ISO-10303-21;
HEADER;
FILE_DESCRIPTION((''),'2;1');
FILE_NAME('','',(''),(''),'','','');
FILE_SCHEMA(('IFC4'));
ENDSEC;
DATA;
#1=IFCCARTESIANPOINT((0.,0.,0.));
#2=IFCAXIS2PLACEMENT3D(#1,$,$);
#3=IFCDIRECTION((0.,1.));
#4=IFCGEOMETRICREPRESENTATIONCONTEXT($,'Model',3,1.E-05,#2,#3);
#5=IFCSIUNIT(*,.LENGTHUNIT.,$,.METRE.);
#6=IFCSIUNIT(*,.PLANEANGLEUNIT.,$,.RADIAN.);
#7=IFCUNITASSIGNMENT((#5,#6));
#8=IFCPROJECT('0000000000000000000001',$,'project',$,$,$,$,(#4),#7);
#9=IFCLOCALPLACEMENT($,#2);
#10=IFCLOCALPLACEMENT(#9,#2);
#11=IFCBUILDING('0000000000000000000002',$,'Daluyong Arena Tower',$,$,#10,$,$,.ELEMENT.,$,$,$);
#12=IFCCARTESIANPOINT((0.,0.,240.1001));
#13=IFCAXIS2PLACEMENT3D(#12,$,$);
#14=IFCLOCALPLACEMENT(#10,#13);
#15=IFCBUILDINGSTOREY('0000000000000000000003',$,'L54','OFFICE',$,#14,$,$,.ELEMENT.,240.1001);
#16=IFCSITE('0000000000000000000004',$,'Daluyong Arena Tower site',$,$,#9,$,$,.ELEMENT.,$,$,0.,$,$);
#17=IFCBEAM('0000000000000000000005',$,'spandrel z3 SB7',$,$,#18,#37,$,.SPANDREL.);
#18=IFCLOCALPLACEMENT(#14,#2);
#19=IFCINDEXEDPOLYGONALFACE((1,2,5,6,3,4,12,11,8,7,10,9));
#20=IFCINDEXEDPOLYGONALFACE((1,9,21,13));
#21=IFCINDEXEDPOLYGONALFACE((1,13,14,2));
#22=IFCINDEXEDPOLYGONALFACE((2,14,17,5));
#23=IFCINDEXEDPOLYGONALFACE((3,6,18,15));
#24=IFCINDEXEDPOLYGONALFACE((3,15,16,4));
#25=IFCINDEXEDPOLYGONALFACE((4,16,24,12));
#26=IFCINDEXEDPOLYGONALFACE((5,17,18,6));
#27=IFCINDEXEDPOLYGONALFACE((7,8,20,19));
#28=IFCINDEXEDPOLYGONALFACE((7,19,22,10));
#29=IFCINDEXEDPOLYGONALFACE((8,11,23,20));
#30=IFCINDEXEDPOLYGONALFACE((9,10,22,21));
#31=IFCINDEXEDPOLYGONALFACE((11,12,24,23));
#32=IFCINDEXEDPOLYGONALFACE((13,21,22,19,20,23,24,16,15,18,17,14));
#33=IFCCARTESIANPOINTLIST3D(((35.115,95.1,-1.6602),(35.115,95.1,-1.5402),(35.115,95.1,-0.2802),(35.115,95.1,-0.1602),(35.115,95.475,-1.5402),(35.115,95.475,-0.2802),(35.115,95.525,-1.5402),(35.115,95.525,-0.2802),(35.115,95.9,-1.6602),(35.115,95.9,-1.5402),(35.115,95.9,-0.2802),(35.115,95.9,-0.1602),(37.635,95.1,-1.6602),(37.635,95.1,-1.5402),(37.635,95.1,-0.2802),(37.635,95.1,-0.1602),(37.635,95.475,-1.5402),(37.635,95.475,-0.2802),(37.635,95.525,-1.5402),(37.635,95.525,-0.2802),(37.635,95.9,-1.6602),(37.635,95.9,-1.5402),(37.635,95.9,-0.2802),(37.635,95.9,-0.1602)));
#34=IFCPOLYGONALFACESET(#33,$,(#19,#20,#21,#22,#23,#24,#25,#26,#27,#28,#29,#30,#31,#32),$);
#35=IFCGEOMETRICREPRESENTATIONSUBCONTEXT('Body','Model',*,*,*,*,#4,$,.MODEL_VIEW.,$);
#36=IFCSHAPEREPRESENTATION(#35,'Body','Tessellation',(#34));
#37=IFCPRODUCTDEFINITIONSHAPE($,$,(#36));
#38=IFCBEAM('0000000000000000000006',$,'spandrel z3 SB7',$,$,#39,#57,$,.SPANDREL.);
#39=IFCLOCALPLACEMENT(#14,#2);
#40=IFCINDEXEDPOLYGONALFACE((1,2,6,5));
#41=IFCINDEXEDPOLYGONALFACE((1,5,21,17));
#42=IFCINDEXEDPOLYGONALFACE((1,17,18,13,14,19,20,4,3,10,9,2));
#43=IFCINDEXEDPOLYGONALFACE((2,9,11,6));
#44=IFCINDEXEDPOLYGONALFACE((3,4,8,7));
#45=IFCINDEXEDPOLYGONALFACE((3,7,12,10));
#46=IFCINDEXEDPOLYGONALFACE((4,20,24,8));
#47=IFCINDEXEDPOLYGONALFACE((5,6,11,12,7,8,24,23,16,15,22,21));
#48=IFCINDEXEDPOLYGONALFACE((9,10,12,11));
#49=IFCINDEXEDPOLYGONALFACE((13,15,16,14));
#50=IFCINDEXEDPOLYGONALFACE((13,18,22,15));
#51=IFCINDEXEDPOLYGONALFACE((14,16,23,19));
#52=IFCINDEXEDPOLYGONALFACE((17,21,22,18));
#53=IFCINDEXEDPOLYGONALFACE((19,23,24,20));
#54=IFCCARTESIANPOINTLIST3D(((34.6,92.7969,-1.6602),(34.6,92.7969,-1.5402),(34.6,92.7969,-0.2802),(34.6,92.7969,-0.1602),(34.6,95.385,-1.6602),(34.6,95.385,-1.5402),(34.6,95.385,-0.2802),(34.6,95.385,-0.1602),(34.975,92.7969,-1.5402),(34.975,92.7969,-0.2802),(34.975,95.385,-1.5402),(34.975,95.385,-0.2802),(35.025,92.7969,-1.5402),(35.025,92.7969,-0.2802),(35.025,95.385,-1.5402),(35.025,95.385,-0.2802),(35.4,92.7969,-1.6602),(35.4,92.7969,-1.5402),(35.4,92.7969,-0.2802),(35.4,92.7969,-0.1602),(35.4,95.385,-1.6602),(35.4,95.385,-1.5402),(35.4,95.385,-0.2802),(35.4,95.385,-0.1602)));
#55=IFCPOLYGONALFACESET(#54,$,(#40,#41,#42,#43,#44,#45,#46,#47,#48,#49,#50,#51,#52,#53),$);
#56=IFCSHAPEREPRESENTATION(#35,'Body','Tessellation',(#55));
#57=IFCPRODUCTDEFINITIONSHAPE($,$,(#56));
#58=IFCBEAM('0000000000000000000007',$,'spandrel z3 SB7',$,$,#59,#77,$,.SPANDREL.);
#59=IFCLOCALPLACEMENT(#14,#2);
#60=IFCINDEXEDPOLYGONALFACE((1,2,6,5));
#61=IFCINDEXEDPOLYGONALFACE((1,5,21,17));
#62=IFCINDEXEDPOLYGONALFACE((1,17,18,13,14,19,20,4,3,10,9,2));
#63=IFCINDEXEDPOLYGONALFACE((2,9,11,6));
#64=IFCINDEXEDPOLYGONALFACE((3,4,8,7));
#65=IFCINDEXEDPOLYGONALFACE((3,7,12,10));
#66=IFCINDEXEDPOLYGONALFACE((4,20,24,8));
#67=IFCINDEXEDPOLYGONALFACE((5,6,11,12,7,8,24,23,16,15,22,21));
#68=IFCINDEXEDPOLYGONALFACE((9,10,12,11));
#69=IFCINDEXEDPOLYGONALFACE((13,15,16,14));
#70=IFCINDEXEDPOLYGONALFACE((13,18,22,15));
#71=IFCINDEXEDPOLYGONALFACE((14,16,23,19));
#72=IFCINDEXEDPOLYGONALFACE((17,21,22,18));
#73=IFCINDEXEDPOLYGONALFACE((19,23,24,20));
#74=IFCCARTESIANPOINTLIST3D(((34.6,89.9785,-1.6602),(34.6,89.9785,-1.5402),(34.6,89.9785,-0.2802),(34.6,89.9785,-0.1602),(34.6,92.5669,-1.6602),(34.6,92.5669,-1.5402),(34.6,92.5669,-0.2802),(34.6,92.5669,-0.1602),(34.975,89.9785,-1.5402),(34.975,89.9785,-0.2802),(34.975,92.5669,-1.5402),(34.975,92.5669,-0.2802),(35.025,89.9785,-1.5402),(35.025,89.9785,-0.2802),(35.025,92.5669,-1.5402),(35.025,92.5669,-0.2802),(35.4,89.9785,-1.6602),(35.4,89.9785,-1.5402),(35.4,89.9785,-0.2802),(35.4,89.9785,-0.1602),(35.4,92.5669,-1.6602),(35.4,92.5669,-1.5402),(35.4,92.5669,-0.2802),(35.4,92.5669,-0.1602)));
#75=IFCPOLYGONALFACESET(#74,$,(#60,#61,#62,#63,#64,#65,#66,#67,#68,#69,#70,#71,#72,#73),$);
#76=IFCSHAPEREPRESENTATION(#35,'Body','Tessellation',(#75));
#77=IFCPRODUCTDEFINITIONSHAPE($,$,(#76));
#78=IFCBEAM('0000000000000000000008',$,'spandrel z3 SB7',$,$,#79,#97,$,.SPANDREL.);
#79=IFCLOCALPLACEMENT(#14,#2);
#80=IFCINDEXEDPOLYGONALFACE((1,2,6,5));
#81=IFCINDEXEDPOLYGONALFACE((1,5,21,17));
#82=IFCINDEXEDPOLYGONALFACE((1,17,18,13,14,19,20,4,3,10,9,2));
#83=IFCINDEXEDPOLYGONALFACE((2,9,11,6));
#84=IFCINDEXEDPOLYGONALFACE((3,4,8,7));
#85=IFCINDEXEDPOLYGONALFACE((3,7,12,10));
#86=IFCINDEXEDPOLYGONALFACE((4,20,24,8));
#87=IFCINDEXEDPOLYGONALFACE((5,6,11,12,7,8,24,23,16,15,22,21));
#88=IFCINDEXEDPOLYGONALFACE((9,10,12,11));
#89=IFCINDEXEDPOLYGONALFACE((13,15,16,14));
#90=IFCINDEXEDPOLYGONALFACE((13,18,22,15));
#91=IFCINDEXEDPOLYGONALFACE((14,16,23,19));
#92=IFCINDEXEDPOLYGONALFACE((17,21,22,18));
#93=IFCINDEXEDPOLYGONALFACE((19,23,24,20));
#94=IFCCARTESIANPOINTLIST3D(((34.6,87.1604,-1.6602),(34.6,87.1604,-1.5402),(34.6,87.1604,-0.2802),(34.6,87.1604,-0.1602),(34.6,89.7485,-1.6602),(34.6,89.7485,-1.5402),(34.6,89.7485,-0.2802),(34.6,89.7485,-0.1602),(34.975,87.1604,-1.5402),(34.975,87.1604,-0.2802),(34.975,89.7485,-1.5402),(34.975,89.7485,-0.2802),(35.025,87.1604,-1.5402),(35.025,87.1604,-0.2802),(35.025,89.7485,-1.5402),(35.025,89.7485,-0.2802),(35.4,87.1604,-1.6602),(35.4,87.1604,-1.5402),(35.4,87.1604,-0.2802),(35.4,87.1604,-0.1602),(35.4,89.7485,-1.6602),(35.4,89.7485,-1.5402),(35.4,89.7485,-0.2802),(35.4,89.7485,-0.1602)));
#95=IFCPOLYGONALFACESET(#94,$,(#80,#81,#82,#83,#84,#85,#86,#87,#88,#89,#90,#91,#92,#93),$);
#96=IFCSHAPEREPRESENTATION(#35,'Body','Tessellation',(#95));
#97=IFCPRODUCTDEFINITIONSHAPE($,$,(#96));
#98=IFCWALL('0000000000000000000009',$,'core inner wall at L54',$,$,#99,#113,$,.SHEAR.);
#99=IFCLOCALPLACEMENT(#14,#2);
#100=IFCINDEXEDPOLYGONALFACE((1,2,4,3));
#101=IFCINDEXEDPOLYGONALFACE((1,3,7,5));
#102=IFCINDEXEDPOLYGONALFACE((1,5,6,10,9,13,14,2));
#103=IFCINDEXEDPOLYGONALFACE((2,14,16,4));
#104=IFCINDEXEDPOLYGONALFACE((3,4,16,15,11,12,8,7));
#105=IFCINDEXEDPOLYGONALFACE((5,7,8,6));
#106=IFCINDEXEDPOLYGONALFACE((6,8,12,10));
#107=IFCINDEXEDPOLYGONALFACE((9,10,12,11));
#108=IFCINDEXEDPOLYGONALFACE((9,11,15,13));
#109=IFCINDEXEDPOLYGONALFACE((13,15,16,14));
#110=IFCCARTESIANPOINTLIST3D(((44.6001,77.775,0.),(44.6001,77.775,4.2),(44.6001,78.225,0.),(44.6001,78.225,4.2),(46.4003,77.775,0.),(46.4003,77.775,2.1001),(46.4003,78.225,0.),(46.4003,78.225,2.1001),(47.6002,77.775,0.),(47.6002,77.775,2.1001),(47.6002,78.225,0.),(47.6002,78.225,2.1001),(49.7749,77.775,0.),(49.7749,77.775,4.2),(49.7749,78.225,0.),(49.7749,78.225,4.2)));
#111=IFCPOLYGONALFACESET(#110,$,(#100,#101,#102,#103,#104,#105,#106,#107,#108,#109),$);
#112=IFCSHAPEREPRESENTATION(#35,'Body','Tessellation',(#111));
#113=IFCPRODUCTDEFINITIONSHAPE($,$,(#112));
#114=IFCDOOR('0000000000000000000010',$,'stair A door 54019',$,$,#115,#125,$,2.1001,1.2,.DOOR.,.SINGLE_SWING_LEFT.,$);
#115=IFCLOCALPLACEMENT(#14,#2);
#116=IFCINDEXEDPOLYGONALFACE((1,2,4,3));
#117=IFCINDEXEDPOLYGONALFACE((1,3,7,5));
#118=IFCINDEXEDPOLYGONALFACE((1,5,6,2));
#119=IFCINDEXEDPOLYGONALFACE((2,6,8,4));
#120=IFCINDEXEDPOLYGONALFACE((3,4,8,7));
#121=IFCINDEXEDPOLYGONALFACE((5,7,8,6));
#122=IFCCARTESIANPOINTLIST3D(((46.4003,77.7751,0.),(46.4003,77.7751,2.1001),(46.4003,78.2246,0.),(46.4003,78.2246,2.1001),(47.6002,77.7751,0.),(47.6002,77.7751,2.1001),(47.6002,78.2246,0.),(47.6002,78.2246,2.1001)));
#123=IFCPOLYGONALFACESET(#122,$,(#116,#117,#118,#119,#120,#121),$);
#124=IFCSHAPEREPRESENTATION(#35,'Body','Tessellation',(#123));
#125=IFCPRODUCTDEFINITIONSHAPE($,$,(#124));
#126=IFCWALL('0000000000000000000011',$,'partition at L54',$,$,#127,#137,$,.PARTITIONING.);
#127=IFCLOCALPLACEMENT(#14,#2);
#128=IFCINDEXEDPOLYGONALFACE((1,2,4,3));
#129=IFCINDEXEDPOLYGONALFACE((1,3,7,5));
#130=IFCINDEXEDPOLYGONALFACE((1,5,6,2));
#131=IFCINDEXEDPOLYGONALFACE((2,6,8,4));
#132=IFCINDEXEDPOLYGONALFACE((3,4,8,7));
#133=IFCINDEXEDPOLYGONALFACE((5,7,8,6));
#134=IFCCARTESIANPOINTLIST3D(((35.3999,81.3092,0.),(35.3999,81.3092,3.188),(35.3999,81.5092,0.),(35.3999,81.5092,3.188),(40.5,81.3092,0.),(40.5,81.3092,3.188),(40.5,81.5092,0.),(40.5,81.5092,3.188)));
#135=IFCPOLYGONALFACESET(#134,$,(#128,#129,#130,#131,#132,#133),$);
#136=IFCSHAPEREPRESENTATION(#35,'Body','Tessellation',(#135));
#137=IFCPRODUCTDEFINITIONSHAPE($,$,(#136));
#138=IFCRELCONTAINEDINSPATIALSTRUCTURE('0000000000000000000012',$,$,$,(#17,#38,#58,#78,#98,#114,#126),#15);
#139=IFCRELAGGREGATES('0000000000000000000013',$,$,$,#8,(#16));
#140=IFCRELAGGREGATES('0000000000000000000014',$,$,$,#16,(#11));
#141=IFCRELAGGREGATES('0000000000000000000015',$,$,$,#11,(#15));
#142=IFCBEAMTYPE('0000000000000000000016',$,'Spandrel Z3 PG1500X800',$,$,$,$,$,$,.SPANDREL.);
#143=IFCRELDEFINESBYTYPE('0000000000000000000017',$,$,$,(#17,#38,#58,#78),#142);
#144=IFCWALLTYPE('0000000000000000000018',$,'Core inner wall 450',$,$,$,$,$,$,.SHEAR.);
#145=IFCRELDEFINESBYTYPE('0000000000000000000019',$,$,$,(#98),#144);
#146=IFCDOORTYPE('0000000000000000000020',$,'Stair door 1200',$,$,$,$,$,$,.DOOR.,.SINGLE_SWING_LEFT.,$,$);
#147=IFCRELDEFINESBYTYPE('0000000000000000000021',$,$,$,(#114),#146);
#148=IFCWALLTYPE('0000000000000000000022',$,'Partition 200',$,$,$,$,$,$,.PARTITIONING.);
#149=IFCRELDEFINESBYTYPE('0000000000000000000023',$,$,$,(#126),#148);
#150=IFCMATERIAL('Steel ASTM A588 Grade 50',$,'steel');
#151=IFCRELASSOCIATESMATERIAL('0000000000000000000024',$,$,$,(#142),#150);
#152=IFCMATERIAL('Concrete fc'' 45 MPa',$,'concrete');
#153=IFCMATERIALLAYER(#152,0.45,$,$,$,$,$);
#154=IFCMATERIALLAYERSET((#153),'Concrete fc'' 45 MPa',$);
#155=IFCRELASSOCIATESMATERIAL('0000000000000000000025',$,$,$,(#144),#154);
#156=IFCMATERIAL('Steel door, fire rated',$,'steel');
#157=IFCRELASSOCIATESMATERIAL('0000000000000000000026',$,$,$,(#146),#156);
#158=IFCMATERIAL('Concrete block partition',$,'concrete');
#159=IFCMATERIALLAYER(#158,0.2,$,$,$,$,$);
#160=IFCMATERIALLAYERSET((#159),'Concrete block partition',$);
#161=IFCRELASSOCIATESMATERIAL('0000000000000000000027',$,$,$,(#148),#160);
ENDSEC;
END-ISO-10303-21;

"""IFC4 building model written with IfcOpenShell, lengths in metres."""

from ifc_helpers import new_model, si_unit, direction, frame, frame_2d, origin, origin_2d, place, context, subcontext, project, spatial, rectangle, i_section, extrude, material, layer, layer_set, material_profile, profile_set, type_object, element, fill, save


model = new_model("IFC4")

# Units and contexts
model_context = context("Model", 3, precision=1e-05, world=origin(), true_north=direction((0.0, 1.0)))
body_context = subcontext(model_context, "Body", "Model", "MODEL_VIEW")
ifc_project = project(units=[si_unit("LENGTHUNIT", "METRE"), si_unit("PLANEANGLEUNIT", "RADIAN")], contexts=[model_context])

# Site, building, storey
site_placement = place(None, origin())
site = spatial("IfcSite", under=ifc_project, at=site_placement, Name="Daluyong Arena Tower site", CompositionType="ELEMENT", RefElevation=0.0)
building_placement = place(site_placement, origin())
building = spatial("IfcBuilding", under=site, at=building_placement, Name="Daluyong Arena Tower", CompositionType="ELEMENT")
storey_placement = place(building_placement, frame((0.0, 0.0, 240.1001)))
storey = spatial("IfcBuildingStorey", under=building, at=storey_placement, Name="L54", Description="OFFICE", CompositionType="ELEMENT", Elevation=240.1001)

# Beams
ifc_material_1 = material(Name="Steel ASTM A588 Grade 50", Category="steel")
ifc_material_profile_1 = material_profile(ifc_material_1, i_section(OverallWidth=0.8, OverallDepth=1.5, WebThickness=0.05, FlangeThickness=0.12, at=origin_2d()))
ifc_profile_set_1 = profile_set([ifc_material_profile_1], Name="Steel ASTM A588 Grade 50")
beam_type_1 = type_object("IfcBeamType", Name="Spandrel Z3 PG1500X800", PredefinedType="SPANDREL", material=ifc_profile_set_1)
beam_1_placement = place(storey_placement, frame((37.635, 95.5, -0.9102), z_axis=(-1.0, 0.0, 0.0), x_axis=(0.0, -1.0, 0.0)))
element("IfcBeam", 1, at=beam_1_placement, inside=storey, type_object=beam_type_1, Name="spandrel z3 SB7", PredefinedType="SPANDREL", context=body_context, shape_type="SweptSolid", body=[
    extrude(i_section(OverallWidth=0.8, OverallDepth=1.5, WebThickness=0.05, FlangeThickness=0.12, at=origin_2d()), origin(), (0.0, 0.0, 1.0), 2.52),
])
beam_2_placement = place(storey_placement, frame((35.0, 95.385, -0.9102), z_axis=(0.0, -1.0, 0.0), x_axis=(1.0, 0.0, 0.0)))
element("IfcBeam", 2, at=beam_2_placement, inside=storey, type_object=beam_type_1, Name="spandrel z3 SB7", PredefinedType="SPANDREL", context=body_context, shape_type="SweptSolid", body=[
    extrude(i_section(OverallWidth=0.8, OverallDepth=1.5, WebThickness=0.05, FlangeThickness=0.12, at=origin_2d()), origin(), (0.0, 0.0, 1.0), 2.5881),
])
beam_3_placement = place(storey_placement, frame((35.0, 92.5669, -0.9102), z_axis=(0.0, -1.0, 0.0), x_axis=(1.0, 0.0, 0.0)))
element("IfcBeam", 3, at=beam_3_placement, inside=storey, type_object=beam_type_1, Name="spandrel z3 SB7", PredefinedType="SPANDREL", context=body_context, shape_type="SweptSolid", body=[
    extrude(i_section(OverallWidth=0.8, OverallDepth=1.5, WebThickness=0.05, FlangeThickness=0.12, at=origin_2d()), origin(), (0.0, 0.0, 1.0), 2.5884),
])
beam_4_placement = place(storey_placement, frame((35.0, 89.7485, -0.9102), z_axis=(0.0, -1.0, 0.0), x_axis=(1.0, 0.0, 0.0)))
element("IfcBeam", 4, at=beam_4_placement, inside=storey, type_object=beam_type_1, Name="spandrel z3 SB7", PredefinedType="SPANDREL", context=body_context, shape_type="SweptSolid", body=[
    extrude(i_section(OverallWidth=0.8, OverallDepth=1.5, WebThickness=0.05, FlangeThickness=0.12, at=origin_2d()), origin(), (0.0, 0.0, 1.0), 2.5881),
])

# Wall, opening, door
ifc_material_2 = material(Name="Concrete fc' 45 MPa", Category="concrete")
ifc_layer_1 = layer(ifc_material_2, 0.45)
ifc_layer_set_1 = layer_set([ifc_layer_1], Name="Concrete fc' 45 MPa")
wall_type_1 = type_object("IfcWallType", Name="Core inner wall 450", PredefinedType="SHEAR", material=ifc_layer_set_1)
wall_1_placement = place(storey_placement, frame((44.6001, 78.0, 0.0), z_axis=(0.0, 0.0, 1.0), x_axis=(1.0, 0.0, 0.0)))
wall_1 = element("IfcWall", 5, at=wall_1_placement, inside=storey, type_object=wall_type_1, Name="core inner wall at L54", PredefinedType="SHEAR", context=body_context, shape_type="SweptSolid", body=[
    extrude(rectangle(XDim=5.1748, YDim=0.45, at=frame_2d((2.5874, 0.0))), origin(), (0.0, 0.0, 1.0), 4.2),
])
opening_placement = place(wall_1_placement, frame((1.8, 0.0, 0.0)))
opening = element("IfcOpeningElement", 6, at=opening_placement, cuts=wall_1, PredefinedType="OPENING", context=body_context, shape_type="SweptSolid", body=[
    extrude(rectangle(XDim=1.2, YDim=2.1001, at=frame_2d((0.6001, 1.05))), frame((0.0, 0.2349, 0.0), z_axis=(0.0, -1.0, 0.0), x_axis=(1.0, 0.0, 0.0)), (0.0, 0.0, 1.0), 0.47),
])
ifc_material_3 = material(Name="Steel door, fire rated", Category="steel")
door_type = type_object("IfcDoorType", Name="Stair door 1200", OperationType="SINGLE_SWING_LEFT", PredefinedType="DOOR", material=ifc_material_3)
door_placement = place(opening_placement, origin())
door = element("IfcDoor", 7, at=door_placement, inside=storey, type_object=door_type, Name="stair A door 54019", OperationType="SINGLE_SWING_LEFT", OverallHeight=2.1001, OverallWidth=1.2, PredefinedType="DOOR", context=body_context, shape_type="SweptSolid", body=[
    extrude(rectangle(XDim=1.2, YDim=2.1001, at=frame_2d((0.6001, 1.05))), frame((0.0, 0.2246, 0.0), z_axis=(0.0, -1.0, 0.0), x_axis=(1.0, 0.0, 0.0)), (0.0, 0.0, 1.0), 0.4495),
])
fill(opening, door)

# Wall
ifc_material_4 = material(Name="Concrete block partition", Category="concrete")
ifc_layer_2 = layer(ifc_material_4, 0.2)
ifc_layer_set_2 = layer_set([ifc_layer_2], Name="Concrete block partition")
wall_type_2 = type_object("IfcWallType", Name="Partition 200", PredefinedType="PARTITIONING", material=ifc_layer_set_2)
wall_2_placement = place(storey_placement, frame((35.3999, 81.4092, 0.0), z_axis=(0.0, 0.0, 1.0), x_axis=(1.0, 0.0, 0.0)))
element("IfcWall", 8, at=wall_2_placement, inside=storey, type_object=wall_type_2, Name="partition at L54", PredefinedType="PARTITIONING", context=body_context, shape_type="SweptSolid", body=[
    extrude(rectangle(XDim=5.1001, YDim=0.2, at=frame_2d((2.55, 0.0))), origin(), (0.0, 0.0, 1.0), 3.188),
])

save(model, "model.ifc")
